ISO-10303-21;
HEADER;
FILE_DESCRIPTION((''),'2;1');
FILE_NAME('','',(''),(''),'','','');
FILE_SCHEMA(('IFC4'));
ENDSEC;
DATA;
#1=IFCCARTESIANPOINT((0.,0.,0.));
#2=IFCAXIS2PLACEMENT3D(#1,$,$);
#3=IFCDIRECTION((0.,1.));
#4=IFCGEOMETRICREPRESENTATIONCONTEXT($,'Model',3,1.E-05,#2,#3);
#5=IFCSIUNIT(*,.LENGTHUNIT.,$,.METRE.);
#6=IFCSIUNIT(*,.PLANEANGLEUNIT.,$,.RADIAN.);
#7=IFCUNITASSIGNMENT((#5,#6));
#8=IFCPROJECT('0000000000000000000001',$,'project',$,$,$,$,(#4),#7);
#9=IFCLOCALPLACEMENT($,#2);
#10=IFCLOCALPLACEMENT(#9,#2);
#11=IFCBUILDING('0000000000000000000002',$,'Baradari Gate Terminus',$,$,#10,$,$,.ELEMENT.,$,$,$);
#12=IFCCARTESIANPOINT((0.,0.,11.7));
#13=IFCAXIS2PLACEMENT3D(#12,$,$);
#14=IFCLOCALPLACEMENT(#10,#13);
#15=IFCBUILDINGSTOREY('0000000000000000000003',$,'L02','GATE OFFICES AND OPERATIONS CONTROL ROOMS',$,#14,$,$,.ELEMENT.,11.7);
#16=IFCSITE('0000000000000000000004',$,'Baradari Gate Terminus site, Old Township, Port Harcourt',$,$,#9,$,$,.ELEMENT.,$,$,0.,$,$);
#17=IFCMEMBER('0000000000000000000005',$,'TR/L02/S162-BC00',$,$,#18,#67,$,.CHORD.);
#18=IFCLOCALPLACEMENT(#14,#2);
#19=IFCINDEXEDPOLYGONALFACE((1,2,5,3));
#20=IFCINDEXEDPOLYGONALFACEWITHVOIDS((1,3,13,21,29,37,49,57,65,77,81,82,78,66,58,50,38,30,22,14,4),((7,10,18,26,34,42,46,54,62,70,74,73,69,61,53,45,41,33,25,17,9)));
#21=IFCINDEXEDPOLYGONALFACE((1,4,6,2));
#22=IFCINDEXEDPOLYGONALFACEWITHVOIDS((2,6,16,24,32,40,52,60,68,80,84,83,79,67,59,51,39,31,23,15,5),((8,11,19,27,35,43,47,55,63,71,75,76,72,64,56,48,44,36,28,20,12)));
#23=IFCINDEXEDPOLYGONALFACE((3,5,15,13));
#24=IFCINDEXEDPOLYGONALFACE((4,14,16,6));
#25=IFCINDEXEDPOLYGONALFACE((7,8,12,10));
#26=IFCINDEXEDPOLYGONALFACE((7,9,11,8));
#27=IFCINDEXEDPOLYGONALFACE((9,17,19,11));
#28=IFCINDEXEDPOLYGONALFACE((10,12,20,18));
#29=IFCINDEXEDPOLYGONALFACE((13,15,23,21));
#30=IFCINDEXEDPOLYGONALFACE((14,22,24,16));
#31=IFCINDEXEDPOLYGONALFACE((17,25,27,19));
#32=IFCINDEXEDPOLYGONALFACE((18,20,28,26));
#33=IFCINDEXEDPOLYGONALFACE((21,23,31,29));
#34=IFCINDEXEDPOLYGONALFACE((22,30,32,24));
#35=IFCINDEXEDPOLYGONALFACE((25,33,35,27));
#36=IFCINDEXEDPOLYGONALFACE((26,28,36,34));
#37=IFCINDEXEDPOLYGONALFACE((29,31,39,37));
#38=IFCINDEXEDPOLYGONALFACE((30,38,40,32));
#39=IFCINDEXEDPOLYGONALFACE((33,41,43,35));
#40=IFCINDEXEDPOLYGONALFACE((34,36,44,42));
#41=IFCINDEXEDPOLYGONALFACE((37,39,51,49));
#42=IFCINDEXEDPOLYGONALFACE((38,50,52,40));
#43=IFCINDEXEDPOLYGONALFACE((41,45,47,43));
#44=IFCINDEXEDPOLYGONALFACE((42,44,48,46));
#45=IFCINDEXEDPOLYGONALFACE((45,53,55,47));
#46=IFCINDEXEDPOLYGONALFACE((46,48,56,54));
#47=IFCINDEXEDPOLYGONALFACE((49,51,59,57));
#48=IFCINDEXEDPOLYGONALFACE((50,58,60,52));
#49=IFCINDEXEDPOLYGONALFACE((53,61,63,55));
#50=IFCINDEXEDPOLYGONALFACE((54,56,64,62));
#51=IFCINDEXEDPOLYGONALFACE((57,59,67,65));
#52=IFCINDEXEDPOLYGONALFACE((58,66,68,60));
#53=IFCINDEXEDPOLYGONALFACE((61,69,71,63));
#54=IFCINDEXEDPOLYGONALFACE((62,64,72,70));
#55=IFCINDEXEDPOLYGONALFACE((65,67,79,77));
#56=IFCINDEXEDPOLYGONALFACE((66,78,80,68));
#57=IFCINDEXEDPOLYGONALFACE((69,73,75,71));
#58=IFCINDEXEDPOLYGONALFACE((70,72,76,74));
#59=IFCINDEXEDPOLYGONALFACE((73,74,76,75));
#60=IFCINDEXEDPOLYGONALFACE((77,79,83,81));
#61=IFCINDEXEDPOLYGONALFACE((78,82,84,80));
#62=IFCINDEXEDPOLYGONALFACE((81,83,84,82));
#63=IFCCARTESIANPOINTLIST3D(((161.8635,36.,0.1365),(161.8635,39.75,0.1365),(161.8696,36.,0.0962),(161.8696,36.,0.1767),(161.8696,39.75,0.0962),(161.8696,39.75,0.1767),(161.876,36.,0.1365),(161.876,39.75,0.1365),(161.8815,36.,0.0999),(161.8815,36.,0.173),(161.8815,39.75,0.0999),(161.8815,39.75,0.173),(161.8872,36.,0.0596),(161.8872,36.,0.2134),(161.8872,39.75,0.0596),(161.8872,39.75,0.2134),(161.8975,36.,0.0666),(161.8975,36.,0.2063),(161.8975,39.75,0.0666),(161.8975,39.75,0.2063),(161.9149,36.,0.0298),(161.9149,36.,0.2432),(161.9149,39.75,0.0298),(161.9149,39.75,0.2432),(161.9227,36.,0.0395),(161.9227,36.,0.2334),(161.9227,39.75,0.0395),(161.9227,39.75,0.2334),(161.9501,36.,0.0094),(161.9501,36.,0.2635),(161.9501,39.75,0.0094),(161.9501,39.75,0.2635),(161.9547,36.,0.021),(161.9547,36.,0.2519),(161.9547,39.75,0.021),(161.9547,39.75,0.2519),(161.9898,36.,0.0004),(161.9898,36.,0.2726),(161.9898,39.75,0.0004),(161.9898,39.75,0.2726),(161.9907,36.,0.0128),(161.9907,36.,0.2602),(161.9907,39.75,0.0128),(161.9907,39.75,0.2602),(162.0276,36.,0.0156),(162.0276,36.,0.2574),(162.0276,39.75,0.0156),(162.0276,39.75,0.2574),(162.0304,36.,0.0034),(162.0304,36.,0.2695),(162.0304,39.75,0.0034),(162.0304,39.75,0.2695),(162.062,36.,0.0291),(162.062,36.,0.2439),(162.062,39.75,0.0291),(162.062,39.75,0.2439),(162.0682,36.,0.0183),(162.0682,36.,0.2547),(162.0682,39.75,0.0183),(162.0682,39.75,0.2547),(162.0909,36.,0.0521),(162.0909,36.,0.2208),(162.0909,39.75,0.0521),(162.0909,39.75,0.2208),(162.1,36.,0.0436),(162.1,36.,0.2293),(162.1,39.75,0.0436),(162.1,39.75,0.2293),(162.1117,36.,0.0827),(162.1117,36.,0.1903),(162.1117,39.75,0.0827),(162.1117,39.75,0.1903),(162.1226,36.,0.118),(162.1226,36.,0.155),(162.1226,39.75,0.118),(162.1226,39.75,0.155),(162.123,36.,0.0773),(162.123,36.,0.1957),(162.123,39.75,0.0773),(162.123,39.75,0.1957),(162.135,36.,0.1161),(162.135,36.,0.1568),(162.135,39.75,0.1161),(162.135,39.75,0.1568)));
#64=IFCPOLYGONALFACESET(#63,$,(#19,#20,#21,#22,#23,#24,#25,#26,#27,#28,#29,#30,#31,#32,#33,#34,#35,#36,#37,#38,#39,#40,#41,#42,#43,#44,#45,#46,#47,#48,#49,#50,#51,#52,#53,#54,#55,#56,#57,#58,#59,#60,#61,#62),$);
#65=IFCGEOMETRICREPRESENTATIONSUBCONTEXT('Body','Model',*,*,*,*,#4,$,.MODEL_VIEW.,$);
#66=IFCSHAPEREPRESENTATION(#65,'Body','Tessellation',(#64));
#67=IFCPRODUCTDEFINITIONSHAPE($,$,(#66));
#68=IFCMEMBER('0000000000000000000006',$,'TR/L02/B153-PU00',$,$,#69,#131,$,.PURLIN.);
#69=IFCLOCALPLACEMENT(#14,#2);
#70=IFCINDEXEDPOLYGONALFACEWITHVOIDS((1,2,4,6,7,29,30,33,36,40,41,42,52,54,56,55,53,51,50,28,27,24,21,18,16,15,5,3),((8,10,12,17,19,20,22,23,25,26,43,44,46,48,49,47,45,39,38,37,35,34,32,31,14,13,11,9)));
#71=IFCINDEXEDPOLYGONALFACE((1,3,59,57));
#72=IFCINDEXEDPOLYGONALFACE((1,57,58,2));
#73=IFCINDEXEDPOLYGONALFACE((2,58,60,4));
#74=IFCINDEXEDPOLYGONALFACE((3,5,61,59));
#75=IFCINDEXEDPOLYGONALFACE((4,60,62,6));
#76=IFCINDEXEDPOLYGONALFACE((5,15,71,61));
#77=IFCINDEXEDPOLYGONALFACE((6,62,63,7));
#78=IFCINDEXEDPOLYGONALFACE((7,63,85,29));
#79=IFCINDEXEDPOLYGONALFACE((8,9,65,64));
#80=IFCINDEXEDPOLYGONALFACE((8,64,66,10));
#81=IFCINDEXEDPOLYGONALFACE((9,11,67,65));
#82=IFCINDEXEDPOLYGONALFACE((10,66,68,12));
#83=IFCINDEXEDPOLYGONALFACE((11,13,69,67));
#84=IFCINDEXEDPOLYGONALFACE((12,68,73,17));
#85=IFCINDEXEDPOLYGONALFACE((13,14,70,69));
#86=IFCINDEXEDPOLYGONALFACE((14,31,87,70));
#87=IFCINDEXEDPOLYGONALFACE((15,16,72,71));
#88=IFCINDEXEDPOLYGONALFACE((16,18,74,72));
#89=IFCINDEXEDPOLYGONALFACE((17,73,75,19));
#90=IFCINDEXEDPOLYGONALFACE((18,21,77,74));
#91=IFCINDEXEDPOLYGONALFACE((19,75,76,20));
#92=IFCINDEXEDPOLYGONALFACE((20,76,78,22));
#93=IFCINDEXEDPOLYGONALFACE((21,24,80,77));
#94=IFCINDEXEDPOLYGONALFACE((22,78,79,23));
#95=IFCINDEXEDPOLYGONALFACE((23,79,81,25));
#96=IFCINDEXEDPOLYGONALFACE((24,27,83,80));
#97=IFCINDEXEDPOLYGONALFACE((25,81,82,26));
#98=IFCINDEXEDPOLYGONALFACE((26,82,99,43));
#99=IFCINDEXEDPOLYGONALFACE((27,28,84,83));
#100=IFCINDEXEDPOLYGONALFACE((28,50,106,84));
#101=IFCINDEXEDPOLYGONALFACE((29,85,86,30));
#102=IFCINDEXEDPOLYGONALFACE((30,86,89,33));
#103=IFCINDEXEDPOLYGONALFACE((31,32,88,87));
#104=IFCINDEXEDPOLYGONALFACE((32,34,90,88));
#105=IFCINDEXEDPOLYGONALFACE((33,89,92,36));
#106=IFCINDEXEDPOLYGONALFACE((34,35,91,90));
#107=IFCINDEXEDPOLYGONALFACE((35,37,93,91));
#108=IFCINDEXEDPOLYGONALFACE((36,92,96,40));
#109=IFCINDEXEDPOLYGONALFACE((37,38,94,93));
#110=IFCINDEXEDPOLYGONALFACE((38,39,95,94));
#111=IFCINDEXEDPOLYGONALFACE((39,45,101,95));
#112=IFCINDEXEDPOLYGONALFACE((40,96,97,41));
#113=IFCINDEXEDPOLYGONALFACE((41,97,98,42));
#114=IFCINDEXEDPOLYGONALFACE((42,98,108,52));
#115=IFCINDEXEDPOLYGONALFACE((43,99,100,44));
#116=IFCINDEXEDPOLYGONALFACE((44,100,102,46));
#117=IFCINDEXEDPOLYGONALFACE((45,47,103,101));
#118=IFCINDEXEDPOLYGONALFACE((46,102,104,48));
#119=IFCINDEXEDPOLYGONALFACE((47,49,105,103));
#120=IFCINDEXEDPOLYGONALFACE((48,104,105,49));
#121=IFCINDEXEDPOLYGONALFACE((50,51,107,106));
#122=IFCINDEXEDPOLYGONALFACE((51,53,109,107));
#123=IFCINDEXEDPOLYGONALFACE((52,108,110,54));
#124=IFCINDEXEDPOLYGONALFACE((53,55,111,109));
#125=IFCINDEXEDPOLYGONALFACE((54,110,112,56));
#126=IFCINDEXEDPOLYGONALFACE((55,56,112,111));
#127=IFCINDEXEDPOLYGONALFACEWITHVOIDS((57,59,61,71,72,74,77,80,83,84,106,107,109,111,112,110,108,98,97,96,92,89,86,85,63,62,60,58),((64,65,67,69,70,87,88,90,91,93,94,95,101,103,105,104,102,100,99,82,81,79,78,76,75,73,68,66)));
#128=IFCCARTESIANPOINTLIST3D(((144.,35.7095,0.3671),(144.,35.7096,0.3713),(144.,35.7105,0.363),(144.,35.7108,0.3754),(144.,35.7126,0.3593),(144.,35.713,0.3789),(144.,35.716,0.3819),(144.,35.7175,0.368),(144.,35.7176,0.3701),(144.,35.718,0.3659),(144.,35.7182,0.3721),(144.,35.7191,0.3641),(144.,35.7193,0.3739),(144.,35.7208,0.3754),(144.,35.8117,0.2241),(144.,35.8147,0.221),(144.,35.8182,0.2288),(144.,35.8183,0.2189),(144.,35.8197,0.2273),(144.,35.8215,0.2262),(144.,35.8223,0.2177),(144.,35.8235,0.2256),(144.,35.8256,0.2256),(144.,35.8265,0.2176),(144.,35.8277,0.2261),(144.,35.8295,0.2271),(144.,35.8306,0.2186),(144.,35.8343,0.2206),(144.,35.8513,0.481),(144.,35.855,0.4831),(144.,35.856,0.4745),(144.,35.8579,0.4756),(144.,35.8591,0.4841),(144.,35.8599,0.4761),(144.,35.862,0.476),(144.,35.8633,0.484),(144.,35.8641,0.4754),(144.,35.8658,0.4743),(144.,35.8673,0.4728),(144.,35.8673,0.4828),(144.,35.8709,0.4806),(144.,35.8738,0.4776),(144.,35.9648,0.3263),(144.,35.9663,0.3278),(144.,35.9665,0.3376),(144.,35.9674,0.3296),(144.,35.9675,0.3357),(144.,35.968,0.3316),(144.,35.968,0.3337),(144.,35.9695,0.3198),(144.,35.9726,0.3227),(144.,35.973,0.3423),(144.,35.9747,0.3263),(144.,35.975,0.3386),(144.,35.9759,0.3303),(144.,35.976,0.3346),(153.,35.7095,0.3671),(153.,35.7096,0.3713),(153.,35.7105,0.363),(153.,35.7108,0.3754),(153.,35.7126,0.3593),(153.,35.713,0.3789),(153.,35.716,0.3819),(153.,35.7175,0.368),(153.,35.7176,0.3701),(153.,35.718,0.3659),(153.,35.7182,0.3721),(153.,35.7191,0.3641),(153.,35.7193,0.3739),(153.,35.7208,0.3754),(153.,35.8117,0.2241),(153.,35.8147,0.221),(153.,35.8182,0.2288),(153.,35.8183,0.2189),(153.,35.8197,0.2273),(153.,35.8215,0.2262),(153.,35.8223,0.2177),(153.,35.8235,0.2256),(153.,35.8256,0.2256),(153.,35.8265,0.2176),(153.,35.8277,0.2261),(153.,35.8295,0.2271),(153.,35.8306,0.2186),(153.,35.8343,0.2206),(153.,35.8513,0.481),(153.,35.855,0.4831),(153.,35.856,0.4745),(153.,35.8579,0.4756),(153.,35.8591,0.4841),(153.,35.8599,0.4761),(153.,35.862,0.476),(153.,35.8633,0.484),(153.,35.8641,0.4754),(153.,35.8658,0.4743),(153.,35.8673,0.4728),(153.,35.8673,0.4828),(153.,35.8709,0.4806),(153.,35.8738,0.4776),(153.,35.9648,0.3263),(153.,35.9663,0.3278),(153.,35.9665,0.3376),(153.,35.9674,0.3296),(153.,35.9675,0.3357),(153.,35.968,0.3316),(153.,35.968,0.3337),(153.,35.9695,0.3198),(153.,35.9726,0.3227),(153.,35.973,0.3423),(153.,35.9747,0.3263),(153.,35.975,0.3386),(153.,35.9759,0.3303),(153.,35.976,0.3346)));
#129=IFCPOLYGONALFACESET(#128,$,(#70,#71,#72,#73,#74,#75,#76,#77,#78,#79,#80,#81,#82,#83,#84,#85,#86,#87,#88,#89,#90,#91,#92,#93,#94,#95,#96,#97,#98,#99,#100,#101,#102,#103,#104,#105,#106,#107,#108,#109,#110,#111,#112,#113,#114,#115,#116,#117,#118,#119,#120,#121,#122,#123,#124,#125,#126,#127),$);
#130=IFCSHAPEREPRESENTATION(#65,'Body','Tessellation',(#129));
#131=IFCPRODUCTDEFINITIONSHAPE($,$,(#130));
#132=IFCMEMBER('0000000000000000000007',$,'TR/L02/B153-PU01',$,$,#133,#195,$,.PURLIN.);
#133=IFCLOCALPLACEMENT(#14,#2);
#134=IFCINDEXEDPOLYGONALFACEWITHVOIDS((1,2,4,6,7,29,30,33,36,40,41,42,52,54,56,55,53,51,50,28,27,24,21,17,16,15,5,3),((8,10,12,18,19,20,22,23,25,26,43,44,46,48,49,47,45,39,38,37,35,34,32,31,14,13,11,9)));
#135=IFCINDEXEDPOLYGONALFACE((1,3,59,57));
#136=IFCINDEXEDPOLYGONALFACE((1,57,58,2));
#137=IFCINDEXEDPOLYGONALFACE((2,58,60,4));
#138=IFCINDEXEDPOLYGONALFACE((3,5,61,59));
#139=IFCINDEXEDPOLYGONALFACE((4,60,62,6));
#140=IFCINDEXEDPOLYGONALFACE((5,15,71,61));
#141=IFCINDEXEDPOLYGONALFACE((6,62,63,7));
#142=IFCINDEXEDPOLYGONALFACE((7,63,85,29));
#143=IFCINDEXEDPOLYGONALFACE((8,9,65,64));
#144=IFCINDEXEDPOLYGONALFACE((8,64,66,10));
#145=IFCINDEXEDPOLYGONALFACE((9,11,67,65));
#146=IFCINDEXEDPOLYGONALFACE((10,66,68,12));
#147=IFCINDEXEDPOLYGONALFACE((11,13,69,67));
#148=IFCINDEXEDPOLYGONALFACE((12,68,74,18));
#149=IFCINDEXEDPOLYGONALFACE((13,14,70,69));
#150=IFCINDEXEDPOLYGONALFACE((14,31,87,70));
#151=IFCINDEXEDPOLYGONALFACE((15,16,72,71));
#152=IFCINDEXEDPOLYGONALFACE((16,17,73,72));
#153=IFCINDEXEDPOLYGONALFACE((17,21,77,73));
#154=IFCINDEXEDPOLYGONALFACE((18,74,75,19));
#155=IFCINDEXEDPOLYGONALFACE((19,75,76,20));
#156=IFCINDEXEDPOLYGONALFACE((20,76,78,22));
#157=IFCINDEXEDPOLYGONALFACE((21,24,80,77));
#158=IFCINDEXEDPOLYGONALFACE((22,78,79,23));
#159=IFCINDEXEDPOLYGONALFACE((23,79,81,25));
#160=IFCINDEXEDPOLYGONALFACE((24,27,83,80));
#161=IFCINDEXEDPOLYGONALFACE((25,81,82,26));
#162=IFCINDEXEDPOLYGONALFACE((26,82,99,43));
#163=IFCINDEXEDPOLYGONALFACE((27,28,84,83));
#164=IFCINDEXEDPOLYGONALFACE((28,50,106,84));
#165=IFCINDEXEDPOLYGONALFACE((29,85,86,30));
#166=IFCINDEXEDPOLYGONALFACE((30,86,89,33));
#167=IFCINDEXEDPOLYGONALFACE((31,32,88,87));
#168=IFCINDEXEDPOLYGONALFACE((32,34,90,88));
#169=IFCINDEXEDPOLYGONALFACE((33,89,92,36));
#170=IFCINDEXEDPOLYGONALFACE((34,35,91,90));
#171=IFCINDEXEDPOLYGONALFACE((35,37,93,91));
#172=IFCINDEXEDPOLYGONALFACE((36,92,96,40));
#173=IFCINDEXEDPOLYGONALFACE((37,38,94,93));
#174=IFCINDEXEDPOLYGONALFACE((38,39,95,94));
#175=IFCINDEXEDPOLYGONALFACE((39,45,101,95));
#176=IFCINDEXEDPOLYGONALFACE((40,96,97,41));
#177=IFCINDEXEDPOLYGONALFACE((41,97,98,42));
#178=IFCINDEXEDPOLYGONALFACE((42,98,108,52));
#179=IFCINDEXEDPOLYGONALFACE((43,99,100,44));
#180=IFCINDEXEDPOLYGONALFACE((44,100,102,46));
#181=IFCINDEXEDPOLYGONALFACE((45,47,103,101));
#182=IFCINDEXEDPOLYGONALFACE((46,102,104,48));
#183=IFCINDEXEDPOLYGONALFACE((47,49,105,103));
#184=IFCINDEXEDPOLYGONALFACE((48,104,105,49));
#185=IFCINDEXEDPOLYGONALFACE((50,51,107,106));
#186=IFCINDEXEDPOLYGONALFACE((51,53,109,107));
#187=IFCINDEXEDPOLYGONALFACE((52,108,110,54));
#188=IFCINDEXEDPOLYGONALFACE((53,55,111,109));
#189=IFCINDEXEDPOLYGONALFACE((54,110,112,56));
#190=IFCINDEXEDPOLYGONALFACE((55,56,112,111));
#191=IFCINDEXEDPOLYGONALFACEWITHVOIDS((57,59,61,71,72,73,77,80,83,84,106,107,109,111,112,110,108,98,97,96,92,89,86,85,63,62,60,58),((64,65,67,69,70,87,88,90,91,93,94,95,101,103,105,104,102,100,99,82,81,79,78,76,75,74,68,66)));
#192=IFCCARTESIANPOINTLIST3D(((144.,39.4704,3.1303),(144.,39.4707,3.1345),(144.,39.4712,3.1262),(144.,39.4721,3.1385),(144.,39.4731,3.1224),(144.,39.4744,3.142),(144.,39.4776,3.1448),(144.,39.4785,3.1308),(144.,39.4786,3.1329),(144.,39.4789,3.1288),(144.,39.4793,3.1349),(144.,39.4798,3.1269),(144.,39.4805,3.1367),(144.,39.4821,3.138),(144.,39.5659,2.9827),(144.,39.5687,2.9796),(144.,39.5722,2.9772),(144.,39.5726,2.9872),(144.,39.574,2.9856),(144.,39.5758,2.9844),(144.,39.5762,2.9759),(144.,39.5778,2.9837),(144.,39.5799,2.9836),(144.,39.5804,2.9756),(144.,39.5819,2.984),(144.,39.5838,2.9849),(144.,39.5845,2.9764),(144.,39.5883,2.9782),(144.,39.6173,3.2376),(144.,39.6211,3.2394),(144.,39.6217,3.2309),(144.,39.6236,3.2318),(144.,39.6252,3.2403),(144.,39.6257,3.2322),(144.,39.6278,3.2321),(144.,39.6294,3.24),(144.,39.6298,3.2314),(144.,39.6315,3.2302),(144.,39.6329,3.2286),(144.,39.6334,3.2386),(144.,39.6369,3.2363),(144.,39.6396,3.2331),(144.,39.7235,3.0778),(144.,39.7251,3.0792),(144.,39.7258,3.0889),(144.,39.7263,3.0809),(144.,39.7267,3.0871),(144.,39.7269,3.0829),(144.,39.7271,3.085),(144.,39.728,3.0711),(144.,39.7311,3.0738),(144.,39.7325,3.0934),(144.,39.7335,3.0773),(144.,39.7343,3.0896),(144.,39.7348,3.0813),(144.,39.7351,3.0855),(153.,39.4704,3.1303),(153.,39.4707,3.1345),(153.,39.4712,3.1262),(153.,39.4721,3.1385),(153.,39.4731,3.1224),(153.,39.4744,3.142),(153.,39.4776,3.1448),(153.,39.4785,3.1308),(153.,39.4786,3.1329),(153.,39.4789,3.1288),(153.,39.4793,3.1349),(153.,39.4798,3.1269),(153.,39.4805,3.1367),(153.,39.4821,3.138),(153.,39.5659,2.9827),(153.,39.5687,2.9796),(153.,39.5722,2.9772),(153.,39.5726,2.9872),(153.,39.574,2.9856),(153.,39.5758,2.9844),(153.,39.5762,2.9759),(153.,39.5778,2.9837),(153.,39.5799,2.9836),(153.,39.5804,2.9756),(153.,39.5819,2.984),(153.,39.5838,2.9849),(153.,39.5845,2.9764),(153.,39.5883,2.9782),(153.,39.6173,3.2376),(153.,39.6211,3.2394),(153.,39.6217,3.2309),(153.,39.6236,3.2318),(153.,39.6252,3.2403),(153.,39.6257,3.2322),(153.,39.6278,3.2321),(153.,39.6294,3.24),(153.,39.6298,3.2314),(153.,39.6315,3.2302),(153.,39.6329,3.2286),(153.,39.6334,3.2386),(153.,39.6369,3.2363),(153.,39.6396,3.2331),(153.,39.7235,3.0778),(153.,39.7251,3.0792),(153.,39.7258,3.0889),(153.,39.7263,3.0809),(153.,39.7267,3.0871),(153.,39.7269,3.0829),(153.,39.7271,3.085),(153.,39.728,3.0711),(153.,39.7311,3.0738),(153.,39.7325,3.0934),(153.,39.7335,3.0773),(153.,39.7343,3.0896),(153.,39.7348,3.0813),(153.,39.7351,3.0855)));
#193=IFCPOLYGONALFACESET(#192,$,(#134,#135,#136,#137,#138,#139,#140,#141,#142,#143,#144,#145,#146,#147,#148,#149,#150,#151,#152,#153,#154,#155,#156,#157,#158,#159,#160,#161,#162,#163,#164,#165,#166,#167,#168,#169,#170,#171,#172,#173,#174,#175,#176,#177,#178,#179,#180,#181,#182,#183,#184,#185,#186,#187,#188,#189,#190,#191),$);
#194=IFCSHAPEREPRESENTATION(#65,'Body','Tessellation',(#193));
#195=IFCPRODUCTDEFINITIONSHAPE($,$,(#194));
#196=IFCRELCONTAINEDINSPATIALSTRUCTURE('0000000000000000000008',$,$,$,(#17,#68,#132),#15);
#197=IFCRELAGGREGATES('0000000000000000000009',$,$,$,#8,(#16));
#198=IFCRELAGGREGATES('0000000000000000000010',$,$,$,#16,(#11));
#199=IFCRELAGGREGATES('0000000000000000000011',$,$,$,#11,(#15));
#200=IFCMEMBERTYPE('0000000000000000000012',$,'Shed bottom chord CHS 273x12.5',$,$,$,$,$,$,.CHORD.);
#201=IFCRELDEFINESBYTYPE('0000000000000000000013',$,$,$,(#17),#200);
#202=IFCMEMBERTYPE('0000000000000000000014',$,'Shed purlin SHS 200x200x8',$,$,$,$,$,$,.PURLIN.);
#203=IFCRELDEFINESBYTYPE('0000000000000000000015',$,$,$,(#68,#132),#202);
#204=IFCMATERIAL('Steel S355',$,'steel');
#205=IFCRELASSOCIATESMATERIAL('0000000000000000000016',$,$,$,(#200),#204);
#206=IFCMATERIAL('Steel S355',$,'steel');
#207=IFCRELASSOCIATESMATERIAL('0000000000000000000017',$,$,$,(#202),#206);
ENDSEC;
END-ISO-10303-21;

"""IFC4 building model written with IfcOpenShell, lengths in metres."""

from ifc_helpers import new_model, si_unit, direction, frame, origin, origin_2d, place, context, subcontext, project, spatial, hollow_rectangle, hollow_circle, extrude, material, material_profile, profile_set, type_object, element, save


model = new_model("IFC4")

# Units and contexts
model_context = context("Model", 3, precision=1e-05, world=origin(), true_north=direction((0.0, 1.0)))
body_context = subcontext(model_context, "Body", "Model", "MODEL_VIEW")
ifc_project = project(units=[si_unit("LENGTHUNIT", "METRE"), si_unit("PLANEANGLEUNIT", "RADIAN")], contexts=[model_context])

# Site, building, storey
site_placement = place(None, origin())
site = spatial("IfcSite", under=ifc_project, at=site_placement, Name="Baradari Gate Terminus site, Old Township, Port Harcourt", CompositionType="ELEMENT", RefElevation=0.0)
building_placement = place(site_placement, origin())
building = spatial("IfcBuilding", under=site, at=building_placement, Name="Baradari Gate Terminus", CompositionType="ELEMENT")
storey_placement = place(building_placement, frame((0.0, 0.0, 11.7)))
storey = spatial("IfcBuildingStorey", under=building, at=storey_placement, Name="L02", Description="GATE OFFICES AND OPERATIONS CONTROL ROOMS", CompositionType="ELEMENT", Elevation=11.7)

# Members
ifc_material_1 = material(Name="Steel S355", Category="steel")
ifc_material_profile_1 = material_profile(ifc_material_1, hollow_circle(Radius=0.1365, WallThickness=0.0125, at=origin_2d()), Name="CHS 273x12.5")
ifc_profile_set_1 = profile_set([ifc_material_profile_1], Name="Steel S355")
member_type_1 = type_object("IfcMemberType", Name="Shed bottom chord CHS 273x12.5", PredefinedType="CHORD", material=ifc_profile_set_1)
for number, where, z_axis, x_axis, name in (
    (1, (162.0, 36.0, 0.1365), (0.0, 1.0, 0.0), (-1.0, 0.0, 0.0), "TR/L02/S162-BC00"),
):
    element("IfcMember", number, at=place(storey_placement, frame(where, z_axis=z_axis, x_axis=x_axis)), inside=storey, type_object=member_type_1, Name=name, PredefinedType="CHORD", context=body_context, shape_type="SweptSolid", body=[
        extrude(hollow_circle(Radius=0.1365, WallThickness=0.0125, at=origin_2d()), origin(), (0.0, 0.0, 1.0), 3.75),
    ])
ifc_material_2 = material(Name="Steel S355", Category="steel")
ifc_material_profile_2 = material_profile(ifc_material_2, hollow_rectangle(XDim=0.2, YDim=0.2, WallThickness=0.0081, InnerFilletRadius=0.0081, OuterFilletRadius=0.0161, at=origin_2d()), Name="SHS 200x200x8")
ifc_profile_set_2 = profile_set([ifc_material_profile_2], Name="Steel S355")
member_type_2 = type_object("IfcMemberType", Name="Shed purlin SHS 200x200x8", PredefinedType="PURLIN", material=ifc_profile_set_2)
for number, where, z_axis, x_axis, name in (
    (2, (144.0, 35.8428, 0.3508), (1.0, 0.0, 0.0), (0.0, 0.806405, 0.591364), "TR/L02/B153-PU00"),
    (3, (144.0, 39.6028, 3.1079), (1.0, 0.0, 0.0), (0.0, 0.832836, 0.553519), "TR/L02/B153-PU01"),
):
    element("IfcMember", number, at=place(storey_placement, frame(where, z_axis=z_axis, x_axis=x_axis)), inside=storey, type_object=member_type_2, Name=name, PredefinedType="PURLIN", context=body_context, shape_type="SweptSolid", body=[
        extrude(hollow_rectangle(XDim=0.2, YDim=0.2, WallThickness=0.0081, InnerFilletRadius=0.0081, OuterFilletRadius=0.0161, at=origin_2d()), origin(), (0.0, 0.0, 1.0), 9.0),
    ])

save(model, "model.ifc")
